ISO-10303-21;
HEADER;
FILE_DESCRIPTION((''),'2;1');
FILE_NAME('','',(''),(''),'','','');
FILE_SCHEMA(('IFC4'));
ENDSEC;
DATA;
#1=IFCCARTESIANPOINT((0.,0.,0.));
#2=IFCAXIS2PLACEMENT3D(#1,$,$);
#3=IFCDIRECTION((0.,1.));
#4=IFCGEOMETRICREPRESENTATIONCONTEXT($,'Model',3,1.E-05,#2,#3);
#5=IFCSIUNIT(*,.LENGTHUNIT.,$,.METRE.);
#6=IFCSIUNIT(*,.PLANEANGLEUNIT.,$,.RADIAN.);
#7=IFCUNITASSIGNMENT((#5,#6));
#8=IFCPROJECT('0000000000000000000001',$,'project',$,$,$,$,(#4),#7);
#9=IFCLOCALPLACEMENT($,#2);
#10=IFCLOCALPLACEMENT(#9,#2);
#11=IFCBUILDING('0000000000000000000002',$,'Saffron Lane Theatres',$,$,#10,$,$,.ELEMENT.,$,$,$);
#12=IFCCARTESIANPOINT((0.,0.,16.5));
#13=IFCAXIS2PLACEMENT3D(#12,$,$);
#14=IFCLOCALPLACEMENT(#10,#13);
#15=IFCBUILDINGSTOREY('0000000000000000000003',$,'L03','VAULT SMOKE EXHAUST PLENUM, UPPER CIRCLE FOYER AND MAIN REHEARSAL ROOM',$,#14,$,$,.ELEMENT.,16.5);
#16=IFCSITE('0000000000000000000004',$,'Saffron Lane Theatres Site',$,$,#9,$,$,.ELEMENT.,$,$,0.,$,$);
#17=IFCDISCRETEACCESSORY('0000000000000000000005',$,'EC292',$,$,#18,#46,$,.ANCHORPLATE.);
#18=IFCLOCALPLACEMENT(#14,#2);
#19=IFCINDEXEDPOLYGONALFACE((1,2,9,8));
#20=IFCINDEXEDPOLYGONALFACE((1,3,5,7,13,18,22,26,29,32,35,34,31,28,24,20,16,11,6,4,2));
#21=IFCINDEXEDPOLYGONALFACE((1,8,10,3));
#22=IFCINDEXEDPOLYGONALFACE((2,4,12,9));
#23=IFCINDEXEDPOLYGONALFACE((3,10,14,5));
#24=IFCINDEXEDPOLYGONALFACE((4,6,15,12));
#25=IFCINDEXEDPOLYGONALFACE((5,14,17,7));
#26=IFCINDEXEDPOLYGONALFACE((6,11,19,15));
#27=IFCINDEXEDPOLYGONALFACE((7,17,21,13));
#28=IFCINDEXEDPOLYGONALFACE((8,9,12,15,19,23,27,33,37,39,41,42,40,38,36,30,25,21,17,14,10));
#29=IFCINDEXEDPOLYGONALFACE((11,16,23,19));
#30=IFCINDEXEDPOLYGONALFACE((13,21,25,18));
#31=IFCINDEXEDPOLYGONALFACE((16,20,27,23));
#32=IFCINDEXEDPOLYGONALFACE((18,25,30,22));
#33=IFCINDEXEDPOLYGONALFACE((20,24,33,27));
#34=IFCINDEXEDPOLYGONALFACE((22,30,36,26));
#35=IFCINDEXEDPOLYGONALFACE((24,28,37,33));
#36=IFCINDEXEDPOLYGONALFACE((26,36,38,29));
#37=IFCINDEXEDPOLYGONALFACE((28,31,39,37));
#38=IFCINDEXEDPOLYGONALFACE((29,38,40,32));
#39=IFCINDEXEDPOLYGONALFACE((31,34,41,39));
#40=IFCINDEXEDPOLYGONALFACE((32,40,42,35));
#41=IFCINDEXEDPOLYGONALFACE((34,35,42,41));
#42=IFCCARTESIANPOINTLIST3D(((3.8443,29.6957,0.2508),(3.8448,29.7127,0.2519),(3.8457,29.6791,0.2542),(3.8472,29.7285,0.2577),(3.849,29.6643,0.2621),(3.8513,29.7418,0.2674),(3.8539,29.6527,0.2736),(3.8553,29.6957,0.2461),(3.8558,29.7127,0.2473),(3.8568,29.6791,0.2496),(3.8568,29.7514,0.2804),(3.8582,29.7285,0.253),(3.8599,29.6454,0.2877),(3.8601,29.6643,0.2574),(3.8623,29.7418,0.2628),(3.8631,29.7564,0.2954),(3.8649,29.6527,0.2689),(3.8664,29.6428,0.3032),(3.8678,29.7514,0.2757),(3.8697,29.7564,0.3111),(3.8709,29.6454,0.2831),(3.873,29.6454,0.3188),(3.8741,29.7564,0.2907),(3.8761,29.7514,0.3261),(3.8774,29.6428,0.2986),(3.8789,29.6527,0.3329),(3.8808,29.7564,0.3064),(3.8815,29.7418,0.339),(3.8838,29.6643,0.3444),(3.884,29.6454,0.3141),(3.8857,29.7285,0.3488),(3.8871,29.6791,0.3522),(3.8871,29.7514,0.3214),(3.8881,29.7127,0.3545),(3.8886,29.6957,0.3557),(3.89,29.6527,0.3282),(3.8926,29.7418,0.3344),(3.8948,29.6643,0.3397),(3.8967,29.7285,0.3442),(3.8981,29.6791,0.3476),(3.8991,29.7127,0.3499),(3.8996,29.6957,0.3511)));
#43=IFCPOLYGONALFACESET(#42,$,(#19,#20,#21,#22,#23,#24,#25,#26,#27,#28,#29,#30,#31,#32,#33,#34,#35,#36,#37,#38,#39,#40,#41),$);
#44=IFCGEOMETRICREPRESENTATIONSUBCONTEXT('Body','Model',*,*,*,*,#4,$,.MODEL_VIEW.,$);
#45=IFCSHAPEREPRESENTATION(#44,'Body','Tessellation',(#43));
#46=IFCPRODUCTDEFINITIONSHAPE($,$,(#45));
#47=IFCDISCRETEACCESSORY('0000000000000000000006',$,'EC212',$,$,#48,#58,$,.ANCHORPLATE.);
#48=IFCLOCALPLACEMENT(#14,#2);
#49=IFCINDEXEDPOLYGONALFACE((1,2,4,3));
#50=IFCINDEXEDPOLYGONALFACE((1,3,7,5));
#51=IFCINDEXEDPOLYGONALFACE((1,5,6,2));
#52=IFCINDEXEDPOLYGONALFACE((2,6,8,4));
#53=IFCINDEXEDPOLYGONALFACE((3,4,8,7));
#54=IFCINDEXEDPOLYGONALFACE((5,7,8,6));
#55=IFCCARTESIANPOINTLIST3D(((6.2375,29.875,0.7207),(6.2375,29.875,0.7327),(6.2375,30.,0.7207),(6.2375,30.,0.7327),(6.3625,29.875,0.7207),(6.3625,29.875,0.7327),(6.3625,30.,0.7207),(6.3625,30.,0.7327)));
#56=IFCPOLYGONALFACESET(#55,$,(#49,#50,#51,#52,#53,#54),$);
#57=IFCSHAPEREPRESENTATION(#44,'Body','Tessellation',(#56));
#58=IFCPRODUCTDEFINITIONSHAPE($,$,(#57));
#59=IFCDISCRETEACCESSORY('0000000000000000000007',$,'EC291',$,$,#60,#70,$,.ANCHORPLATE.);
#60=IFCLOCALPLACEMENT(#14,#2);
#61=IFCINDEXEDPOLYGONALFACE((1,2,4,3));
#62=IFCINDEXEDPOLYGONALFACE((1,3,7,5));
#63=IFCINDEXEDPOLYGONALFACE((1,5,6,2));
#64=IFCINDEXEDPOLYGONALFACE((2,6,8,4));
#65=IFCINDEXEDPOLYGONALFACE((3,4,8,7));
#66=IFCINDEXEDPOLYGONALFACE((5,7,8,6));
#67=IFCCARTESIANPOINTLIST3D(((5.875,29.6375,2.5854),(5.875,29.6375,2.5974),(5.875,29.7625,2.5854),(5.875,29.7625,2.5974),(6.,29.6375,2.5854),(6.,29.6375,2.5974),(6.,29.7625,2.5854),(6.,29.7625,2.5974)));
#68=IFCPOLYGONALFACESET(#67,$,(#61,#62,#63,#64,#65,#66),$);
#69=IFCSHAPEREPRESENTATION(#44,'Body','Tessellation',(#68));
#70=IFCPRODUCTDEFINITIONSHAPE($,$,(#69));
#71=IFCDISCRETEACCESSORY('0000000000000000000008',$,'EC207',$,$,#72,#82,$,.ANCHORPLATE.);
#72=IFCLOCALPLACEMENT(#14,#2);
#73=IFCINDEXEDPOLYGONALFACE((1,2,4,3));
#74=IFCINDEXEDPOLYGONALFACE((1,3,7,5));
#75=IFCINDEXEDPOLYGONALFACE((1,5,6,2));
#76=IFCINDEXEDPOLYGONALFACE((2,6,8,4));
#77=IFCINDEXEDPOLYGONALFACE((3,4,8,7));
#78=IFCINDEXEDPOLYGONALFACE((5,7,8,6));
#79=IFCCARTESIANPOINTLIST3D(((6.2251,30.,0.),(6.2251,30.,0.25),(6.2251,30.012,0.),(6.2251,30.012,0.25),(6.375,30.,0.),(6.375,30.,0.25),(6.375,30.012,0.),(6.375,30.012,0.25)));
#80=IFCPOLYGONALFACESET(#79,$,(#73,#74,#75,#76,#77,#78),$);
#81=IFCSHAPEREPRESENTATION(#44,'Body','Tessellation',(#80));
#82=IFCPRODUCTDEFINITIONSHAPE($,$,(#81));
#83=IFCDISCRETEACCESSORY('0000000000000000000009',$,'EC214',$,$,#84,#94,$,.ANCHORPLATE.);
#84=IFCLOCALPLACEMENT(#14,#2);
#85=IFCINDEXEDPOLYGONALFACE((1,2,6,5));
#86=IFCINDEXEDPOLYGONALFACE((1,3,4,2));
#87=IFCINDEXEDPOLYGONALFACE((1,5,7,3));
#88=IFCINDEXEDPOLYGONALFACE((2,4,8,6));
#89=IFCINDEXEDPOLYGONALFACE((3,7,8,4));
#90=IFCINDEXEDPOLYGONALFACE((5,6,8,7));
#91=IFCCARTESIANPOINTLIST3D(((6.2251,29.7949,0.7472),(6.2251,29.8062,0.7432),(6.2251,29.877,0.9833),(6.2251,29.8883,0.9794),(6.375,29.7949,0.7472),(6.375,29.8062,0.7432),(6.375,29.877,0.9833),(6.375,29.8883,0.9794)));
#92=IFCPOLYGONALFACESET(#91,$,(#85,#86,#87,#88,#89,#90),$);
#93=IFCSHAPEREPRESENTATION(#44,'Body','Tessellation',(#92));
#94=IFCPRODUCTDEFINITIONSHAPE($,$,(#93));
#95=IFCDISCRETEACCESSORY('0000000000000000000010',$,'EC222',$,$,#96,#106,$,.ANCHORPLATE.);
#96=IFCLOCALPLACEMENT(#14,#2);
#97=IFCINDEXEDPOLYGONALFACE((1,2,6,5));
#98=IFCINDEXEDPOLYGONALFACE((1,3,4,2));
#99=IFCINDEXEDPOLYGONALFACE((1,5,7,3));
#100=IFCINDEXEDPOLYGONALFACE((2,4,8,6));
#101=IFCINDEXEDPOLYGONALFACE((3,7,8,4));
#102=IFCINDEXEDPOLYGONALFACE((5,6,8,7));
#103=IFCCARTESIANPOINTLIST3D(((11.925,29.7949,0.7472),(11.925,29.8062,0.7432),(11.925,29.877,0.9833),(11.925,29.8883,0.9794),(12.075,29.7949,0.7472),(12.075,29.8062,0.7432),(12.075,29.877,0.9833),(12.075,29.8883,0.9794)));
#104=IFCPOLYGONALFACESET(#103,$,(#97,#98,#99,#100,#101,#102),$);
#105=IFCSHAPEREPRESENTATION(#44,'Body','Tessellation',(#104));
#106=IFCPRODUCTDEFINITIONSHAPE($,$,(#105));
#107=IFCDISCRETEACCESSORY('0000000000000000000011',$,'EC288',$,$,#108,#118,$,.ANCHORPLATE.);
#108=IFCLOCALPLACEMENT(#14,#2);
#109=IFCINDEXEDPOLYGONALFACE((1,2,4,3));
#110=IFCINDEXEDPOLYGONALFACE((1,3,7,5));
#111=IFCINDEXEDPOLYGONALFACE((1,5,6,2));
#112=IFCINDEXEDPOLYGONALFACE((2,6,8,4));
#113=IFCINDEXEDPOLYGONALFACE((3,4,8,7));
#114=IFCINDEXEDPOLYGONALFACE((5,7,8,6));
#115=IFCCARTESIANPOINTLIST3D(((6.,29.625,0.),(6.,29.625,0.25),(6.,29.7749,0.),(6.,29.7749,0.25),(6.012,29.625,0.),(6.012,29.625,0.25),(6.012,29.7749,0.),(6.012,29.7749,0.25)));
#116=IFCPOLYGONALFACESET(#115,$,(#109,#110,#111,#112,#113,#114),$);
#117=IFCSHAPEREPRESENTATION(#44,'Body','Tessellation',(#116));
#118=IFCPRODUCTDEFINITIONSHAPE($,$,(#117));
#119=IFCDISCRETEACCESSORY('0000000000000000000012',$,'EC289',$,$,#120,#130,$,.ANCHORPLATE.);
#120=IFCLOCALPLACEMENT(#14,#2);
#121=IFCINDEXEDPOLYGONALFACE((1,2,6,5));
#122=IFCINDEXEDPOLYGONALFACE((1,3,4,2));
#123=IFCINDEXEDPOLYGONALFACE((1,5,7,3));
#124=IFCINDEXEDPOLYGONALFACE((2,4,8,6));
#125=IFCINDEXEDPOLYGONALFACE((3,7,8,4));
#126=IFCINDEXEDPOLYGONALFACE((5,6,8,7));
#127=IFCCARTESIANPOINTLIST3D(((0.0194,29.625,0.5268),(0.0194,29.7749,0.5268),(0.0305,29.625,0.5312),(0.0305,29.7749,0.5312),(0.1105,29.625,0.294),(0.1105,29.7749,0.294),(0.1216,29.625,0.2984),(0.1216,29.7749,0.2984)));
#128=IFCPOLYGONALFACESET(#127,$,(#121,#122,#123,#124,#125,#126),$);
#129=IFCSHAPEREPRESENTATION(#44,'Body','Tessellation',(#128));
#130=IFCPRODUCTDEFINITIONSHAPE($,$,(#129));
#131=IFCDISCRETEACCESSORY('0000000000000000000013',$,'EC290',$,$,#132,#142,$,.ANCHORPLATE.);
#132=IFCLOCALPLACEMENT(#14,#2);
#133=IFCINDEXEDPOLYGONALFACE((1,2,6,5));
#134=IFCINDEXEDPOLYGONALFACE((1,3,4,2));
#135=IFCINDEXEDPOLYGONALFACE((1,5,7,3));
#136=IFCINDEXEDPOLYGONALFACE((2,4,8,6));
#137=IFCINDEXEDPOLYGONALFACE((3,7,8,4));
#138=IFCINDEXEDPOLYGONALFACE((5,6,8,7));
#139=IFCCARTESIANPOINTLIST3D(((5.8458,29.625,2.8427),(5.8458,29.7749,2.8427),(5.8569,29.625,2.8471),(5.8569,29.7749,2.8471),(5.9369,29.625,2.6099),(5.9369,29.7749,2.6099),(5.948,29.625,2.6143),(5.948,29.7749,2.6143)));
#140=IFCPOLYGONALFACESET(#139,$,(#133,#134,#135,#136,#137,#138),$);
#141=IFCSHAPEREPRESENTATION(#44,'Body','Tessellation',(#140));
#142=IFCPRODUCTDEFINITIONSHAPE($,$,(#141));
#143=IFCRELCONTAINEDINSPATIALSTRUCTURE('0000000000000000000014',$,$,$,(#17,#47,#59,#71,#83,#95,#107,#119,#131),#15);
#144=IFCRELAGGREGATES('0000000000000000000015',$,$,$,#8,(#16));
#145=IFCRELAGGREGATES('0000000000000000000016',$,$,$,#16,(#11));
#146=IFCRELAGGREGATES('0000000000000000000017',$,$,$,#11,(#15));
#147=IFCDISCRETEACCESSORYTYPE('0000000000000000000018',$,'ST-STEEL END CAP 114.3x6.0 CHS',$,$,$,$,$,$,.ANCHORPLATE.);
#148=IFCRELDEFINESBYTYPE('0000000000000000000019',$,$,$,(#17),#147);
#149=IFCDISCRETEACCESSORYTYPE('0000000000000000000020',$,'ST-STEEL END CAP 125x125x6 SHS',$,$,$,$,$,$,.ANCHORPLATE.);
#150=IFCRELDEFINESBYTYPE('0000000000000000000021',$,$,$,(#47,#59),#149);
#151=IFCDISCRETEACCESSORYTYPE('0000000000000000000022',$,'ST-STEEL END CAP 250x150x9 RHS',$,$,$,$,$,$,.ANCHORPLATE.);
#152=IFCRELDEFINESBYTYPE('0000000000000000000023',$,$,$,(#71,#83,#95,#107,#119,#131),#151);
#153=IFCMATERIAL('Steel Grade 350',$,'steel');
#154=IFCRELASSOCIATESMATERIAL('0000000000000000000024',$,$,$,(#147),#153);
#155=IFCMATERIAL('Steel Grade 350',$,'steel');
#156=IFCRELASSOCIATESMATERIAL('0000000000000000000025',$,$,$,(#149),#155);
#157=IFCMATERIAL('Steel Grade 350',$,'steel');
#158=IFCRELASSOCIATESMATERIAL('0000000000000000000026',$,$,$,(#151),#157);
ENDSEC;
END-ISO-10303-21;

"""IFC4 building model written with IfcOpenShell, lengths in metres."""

from ifc_helpers import new_model, si_unit, direction, frame, origin, origin_2d, place, context, subcontext, project, spatial, rectangle, circle, extrude, material, material_profile, profile_set, type_object, element, save


model = new_model("IFC4")

# Units and contexts
model_context = context("Model", 3, precision=1e-05, world=origin(), true_north=direction((0.0, 1.0)))
body_context = subcontext(model_context, "Body", "Model", "MODEL_VIEW")
ifc_project = project(units=[si_unit("LENGTHUNIT", "METRE"), si_unit("PLANEANGLEUNIT", "RADIAN")], contexts=[model_context])

# Site, building, storey
site_placement = place(None, origin())
site = spatial("IfcSite", under=ifc_project, at=site_placement, Name="Saffron Lane Theatres Site", CompositionType="ELEMENT", RefElevation=0.0)
building_placement = place(site_placement, origin())
building = spatial("IfcBuilding", under=site, at=building_placement, Name="Saffron Lane Theatres", CompositionType="ELEMENT")
storey_placement = place(building_placement, frame((0.0, 0.0, 16.5)))
storey = spatial("IfcBuildingStorey", under=building, at=storey_placement, Name="L03", Description="VAULT SMOKE EXHAUST PLENUM, UPPER CIRCLE FOYER AND MAIN REHEARSAL ROOM", CompositionType="ELEMENT", Elevation=16.5)

# Discrete accessories
ifc_material_1 = material(Name="Steel Grade 350", Category="steel")
ifc_material_profile_1 = material_profile(ifc_material_1, circle(Radius=0.0571, at=origin_2d()))
ifc_profile_set_1 = profile_set([ifc_material_profile_1], Name="Steel Grade 350")
discrete_accessory_type_1 = type_object("IfcDiscreteAccessoryType", Name="ST-STEEL END CAP 114.3x6.0 CHS", PredefinedType="ANCHORPLATE", material=ifc_profile_set_1)
discrete_accessory_placement = place(storey_placement, frame((3.8774, 29.7, 0.2986), z_axis=(-0.92125, 0.0, 0.388972), x_axis=(0.0, -1.0, 0.0)))
element("IfcDiscreteAccessory", 1, at=discrete_accessory_placement, inside=storey, type_object=discrete_accessory_type_1, Name="EC292", PredefinedType="ANCHORPLATE", context=body_context, shape_type="SweptSolid", body=[
    extrude(circle(Radius=0.0571, at=origin_2d()), origin(), (0.0, 0.0, 1.0), 0.012),
])
ifc_material_2 = material(Name="Steel Grade 350", Category="steel")
ifc_material_profile_2 = material_profile(ifc_material_2, rectangle(XDim=0.125, YDim=0.125, at=origin_2d()))
ifc_profile_set_2 = profile_set([ifc_material_profile_2], Name="Steel Grade 350")
discrete_accessory_type_2 = type_object("IfcDiscreteAccessoryType", Name="ST-STEEL END CAP 125x125x6 SHS", PredefinedType="ANCHORPLATE", material=ifc_profile_set_2)
for number, where, z_axis, x_axis, name in (
    (2, (6.3, 29.9375, 0.7207), (0.0, 0.0, 1.0), (1.0, 0.0, 0.0), "EC212"),
    (3, (5.9375, 29.7, 2.5854), (0.0, 0.0, 1.0), (1.0, 0.0, 0.0), "EC291"),
):
    element("IfcDiscreteAccessory", number, at=place(storey_placement, frame(where, z_axis=z_axis, x_axis=x_axis)), inside=storey, type_object=discrete_accessory_type_2, Name=name, PredefinedType="ANCHORPLATE", context=body_context, shape_type="SweptSolid", body=[
        extrude(rectangle(XDim=0.125, YDim=0.125, at=origin_2d()), origin(), (0.0, 0.0, 1.0), 0.012),
    ])
ifc_material_3 = material(Name="Steel Grade 350", Category="steel")
ifc_material_profile_3 = material_profile(ifc_material_3, rectangle(XDim=0.1499, YDim=0.25, at=origin_2d()))
ifc_profile_set_3 = profile_set([ifc_material_profile_3], Name="Steel Grade 350")
discrete_accessory_type_3 = type_object("IfcDiscreteAccessoryType", Name="ST-STEEL END CAP 250x150x9 RHS", PredefinedType="ANCHORPLATE", material=ifc_profile_set_3)
for number, where, z_axis, x_axis, name in (
    (4, (6.3, 30.0, 0.125), (0.0, 1.0, 0.0), (-1.0, 0.0, 0.0), "EC207"),
    (5, (6.3, 29.8359, 0.8652), (0.0, 0.944497, -0.328521), (-1.0, 0.0, 0.0), "EC214"),
    (6, (12.0, 29.8359, 0.8652), (0.0, 0.944497, -0.328521), (-1.0, 0.0, 0.0), "EC222"),
    (7, (6.0, 29.7, 0.125), (1.0, 0.0, 0.0), (0.0, 1.0, 0.0), "EC288"),
    (8, (0.0649, 29.7, 0.4104), (0.931243, 0.0, 0.364399), (0.0, 1.0, 0.0), "EC289"),
    (9, (5.8914, 29.7, 2.7263), (0.931243, 0.0, 0.364399), (0.0, 1.0, 0.0), "EC290"),
):
    element("IfcDiscreteAccessory", number, at=place(storey_placement, frame(where, z_axis=z_axis, x_axis=x_axis)), inside=storey, type_object=discrete_accessory_type_3, Name=name, PredefinedType="ANCHORPLATE", context=body_context, shape_type="SweptSolid", body=[
        extrude(rectangle(XDim=0.1499, YDim=0.25, at=origin_2d()), origin(), (0.0, 0.0, 1.0), 0.012),
    ])

save(model, "model.ifc")
